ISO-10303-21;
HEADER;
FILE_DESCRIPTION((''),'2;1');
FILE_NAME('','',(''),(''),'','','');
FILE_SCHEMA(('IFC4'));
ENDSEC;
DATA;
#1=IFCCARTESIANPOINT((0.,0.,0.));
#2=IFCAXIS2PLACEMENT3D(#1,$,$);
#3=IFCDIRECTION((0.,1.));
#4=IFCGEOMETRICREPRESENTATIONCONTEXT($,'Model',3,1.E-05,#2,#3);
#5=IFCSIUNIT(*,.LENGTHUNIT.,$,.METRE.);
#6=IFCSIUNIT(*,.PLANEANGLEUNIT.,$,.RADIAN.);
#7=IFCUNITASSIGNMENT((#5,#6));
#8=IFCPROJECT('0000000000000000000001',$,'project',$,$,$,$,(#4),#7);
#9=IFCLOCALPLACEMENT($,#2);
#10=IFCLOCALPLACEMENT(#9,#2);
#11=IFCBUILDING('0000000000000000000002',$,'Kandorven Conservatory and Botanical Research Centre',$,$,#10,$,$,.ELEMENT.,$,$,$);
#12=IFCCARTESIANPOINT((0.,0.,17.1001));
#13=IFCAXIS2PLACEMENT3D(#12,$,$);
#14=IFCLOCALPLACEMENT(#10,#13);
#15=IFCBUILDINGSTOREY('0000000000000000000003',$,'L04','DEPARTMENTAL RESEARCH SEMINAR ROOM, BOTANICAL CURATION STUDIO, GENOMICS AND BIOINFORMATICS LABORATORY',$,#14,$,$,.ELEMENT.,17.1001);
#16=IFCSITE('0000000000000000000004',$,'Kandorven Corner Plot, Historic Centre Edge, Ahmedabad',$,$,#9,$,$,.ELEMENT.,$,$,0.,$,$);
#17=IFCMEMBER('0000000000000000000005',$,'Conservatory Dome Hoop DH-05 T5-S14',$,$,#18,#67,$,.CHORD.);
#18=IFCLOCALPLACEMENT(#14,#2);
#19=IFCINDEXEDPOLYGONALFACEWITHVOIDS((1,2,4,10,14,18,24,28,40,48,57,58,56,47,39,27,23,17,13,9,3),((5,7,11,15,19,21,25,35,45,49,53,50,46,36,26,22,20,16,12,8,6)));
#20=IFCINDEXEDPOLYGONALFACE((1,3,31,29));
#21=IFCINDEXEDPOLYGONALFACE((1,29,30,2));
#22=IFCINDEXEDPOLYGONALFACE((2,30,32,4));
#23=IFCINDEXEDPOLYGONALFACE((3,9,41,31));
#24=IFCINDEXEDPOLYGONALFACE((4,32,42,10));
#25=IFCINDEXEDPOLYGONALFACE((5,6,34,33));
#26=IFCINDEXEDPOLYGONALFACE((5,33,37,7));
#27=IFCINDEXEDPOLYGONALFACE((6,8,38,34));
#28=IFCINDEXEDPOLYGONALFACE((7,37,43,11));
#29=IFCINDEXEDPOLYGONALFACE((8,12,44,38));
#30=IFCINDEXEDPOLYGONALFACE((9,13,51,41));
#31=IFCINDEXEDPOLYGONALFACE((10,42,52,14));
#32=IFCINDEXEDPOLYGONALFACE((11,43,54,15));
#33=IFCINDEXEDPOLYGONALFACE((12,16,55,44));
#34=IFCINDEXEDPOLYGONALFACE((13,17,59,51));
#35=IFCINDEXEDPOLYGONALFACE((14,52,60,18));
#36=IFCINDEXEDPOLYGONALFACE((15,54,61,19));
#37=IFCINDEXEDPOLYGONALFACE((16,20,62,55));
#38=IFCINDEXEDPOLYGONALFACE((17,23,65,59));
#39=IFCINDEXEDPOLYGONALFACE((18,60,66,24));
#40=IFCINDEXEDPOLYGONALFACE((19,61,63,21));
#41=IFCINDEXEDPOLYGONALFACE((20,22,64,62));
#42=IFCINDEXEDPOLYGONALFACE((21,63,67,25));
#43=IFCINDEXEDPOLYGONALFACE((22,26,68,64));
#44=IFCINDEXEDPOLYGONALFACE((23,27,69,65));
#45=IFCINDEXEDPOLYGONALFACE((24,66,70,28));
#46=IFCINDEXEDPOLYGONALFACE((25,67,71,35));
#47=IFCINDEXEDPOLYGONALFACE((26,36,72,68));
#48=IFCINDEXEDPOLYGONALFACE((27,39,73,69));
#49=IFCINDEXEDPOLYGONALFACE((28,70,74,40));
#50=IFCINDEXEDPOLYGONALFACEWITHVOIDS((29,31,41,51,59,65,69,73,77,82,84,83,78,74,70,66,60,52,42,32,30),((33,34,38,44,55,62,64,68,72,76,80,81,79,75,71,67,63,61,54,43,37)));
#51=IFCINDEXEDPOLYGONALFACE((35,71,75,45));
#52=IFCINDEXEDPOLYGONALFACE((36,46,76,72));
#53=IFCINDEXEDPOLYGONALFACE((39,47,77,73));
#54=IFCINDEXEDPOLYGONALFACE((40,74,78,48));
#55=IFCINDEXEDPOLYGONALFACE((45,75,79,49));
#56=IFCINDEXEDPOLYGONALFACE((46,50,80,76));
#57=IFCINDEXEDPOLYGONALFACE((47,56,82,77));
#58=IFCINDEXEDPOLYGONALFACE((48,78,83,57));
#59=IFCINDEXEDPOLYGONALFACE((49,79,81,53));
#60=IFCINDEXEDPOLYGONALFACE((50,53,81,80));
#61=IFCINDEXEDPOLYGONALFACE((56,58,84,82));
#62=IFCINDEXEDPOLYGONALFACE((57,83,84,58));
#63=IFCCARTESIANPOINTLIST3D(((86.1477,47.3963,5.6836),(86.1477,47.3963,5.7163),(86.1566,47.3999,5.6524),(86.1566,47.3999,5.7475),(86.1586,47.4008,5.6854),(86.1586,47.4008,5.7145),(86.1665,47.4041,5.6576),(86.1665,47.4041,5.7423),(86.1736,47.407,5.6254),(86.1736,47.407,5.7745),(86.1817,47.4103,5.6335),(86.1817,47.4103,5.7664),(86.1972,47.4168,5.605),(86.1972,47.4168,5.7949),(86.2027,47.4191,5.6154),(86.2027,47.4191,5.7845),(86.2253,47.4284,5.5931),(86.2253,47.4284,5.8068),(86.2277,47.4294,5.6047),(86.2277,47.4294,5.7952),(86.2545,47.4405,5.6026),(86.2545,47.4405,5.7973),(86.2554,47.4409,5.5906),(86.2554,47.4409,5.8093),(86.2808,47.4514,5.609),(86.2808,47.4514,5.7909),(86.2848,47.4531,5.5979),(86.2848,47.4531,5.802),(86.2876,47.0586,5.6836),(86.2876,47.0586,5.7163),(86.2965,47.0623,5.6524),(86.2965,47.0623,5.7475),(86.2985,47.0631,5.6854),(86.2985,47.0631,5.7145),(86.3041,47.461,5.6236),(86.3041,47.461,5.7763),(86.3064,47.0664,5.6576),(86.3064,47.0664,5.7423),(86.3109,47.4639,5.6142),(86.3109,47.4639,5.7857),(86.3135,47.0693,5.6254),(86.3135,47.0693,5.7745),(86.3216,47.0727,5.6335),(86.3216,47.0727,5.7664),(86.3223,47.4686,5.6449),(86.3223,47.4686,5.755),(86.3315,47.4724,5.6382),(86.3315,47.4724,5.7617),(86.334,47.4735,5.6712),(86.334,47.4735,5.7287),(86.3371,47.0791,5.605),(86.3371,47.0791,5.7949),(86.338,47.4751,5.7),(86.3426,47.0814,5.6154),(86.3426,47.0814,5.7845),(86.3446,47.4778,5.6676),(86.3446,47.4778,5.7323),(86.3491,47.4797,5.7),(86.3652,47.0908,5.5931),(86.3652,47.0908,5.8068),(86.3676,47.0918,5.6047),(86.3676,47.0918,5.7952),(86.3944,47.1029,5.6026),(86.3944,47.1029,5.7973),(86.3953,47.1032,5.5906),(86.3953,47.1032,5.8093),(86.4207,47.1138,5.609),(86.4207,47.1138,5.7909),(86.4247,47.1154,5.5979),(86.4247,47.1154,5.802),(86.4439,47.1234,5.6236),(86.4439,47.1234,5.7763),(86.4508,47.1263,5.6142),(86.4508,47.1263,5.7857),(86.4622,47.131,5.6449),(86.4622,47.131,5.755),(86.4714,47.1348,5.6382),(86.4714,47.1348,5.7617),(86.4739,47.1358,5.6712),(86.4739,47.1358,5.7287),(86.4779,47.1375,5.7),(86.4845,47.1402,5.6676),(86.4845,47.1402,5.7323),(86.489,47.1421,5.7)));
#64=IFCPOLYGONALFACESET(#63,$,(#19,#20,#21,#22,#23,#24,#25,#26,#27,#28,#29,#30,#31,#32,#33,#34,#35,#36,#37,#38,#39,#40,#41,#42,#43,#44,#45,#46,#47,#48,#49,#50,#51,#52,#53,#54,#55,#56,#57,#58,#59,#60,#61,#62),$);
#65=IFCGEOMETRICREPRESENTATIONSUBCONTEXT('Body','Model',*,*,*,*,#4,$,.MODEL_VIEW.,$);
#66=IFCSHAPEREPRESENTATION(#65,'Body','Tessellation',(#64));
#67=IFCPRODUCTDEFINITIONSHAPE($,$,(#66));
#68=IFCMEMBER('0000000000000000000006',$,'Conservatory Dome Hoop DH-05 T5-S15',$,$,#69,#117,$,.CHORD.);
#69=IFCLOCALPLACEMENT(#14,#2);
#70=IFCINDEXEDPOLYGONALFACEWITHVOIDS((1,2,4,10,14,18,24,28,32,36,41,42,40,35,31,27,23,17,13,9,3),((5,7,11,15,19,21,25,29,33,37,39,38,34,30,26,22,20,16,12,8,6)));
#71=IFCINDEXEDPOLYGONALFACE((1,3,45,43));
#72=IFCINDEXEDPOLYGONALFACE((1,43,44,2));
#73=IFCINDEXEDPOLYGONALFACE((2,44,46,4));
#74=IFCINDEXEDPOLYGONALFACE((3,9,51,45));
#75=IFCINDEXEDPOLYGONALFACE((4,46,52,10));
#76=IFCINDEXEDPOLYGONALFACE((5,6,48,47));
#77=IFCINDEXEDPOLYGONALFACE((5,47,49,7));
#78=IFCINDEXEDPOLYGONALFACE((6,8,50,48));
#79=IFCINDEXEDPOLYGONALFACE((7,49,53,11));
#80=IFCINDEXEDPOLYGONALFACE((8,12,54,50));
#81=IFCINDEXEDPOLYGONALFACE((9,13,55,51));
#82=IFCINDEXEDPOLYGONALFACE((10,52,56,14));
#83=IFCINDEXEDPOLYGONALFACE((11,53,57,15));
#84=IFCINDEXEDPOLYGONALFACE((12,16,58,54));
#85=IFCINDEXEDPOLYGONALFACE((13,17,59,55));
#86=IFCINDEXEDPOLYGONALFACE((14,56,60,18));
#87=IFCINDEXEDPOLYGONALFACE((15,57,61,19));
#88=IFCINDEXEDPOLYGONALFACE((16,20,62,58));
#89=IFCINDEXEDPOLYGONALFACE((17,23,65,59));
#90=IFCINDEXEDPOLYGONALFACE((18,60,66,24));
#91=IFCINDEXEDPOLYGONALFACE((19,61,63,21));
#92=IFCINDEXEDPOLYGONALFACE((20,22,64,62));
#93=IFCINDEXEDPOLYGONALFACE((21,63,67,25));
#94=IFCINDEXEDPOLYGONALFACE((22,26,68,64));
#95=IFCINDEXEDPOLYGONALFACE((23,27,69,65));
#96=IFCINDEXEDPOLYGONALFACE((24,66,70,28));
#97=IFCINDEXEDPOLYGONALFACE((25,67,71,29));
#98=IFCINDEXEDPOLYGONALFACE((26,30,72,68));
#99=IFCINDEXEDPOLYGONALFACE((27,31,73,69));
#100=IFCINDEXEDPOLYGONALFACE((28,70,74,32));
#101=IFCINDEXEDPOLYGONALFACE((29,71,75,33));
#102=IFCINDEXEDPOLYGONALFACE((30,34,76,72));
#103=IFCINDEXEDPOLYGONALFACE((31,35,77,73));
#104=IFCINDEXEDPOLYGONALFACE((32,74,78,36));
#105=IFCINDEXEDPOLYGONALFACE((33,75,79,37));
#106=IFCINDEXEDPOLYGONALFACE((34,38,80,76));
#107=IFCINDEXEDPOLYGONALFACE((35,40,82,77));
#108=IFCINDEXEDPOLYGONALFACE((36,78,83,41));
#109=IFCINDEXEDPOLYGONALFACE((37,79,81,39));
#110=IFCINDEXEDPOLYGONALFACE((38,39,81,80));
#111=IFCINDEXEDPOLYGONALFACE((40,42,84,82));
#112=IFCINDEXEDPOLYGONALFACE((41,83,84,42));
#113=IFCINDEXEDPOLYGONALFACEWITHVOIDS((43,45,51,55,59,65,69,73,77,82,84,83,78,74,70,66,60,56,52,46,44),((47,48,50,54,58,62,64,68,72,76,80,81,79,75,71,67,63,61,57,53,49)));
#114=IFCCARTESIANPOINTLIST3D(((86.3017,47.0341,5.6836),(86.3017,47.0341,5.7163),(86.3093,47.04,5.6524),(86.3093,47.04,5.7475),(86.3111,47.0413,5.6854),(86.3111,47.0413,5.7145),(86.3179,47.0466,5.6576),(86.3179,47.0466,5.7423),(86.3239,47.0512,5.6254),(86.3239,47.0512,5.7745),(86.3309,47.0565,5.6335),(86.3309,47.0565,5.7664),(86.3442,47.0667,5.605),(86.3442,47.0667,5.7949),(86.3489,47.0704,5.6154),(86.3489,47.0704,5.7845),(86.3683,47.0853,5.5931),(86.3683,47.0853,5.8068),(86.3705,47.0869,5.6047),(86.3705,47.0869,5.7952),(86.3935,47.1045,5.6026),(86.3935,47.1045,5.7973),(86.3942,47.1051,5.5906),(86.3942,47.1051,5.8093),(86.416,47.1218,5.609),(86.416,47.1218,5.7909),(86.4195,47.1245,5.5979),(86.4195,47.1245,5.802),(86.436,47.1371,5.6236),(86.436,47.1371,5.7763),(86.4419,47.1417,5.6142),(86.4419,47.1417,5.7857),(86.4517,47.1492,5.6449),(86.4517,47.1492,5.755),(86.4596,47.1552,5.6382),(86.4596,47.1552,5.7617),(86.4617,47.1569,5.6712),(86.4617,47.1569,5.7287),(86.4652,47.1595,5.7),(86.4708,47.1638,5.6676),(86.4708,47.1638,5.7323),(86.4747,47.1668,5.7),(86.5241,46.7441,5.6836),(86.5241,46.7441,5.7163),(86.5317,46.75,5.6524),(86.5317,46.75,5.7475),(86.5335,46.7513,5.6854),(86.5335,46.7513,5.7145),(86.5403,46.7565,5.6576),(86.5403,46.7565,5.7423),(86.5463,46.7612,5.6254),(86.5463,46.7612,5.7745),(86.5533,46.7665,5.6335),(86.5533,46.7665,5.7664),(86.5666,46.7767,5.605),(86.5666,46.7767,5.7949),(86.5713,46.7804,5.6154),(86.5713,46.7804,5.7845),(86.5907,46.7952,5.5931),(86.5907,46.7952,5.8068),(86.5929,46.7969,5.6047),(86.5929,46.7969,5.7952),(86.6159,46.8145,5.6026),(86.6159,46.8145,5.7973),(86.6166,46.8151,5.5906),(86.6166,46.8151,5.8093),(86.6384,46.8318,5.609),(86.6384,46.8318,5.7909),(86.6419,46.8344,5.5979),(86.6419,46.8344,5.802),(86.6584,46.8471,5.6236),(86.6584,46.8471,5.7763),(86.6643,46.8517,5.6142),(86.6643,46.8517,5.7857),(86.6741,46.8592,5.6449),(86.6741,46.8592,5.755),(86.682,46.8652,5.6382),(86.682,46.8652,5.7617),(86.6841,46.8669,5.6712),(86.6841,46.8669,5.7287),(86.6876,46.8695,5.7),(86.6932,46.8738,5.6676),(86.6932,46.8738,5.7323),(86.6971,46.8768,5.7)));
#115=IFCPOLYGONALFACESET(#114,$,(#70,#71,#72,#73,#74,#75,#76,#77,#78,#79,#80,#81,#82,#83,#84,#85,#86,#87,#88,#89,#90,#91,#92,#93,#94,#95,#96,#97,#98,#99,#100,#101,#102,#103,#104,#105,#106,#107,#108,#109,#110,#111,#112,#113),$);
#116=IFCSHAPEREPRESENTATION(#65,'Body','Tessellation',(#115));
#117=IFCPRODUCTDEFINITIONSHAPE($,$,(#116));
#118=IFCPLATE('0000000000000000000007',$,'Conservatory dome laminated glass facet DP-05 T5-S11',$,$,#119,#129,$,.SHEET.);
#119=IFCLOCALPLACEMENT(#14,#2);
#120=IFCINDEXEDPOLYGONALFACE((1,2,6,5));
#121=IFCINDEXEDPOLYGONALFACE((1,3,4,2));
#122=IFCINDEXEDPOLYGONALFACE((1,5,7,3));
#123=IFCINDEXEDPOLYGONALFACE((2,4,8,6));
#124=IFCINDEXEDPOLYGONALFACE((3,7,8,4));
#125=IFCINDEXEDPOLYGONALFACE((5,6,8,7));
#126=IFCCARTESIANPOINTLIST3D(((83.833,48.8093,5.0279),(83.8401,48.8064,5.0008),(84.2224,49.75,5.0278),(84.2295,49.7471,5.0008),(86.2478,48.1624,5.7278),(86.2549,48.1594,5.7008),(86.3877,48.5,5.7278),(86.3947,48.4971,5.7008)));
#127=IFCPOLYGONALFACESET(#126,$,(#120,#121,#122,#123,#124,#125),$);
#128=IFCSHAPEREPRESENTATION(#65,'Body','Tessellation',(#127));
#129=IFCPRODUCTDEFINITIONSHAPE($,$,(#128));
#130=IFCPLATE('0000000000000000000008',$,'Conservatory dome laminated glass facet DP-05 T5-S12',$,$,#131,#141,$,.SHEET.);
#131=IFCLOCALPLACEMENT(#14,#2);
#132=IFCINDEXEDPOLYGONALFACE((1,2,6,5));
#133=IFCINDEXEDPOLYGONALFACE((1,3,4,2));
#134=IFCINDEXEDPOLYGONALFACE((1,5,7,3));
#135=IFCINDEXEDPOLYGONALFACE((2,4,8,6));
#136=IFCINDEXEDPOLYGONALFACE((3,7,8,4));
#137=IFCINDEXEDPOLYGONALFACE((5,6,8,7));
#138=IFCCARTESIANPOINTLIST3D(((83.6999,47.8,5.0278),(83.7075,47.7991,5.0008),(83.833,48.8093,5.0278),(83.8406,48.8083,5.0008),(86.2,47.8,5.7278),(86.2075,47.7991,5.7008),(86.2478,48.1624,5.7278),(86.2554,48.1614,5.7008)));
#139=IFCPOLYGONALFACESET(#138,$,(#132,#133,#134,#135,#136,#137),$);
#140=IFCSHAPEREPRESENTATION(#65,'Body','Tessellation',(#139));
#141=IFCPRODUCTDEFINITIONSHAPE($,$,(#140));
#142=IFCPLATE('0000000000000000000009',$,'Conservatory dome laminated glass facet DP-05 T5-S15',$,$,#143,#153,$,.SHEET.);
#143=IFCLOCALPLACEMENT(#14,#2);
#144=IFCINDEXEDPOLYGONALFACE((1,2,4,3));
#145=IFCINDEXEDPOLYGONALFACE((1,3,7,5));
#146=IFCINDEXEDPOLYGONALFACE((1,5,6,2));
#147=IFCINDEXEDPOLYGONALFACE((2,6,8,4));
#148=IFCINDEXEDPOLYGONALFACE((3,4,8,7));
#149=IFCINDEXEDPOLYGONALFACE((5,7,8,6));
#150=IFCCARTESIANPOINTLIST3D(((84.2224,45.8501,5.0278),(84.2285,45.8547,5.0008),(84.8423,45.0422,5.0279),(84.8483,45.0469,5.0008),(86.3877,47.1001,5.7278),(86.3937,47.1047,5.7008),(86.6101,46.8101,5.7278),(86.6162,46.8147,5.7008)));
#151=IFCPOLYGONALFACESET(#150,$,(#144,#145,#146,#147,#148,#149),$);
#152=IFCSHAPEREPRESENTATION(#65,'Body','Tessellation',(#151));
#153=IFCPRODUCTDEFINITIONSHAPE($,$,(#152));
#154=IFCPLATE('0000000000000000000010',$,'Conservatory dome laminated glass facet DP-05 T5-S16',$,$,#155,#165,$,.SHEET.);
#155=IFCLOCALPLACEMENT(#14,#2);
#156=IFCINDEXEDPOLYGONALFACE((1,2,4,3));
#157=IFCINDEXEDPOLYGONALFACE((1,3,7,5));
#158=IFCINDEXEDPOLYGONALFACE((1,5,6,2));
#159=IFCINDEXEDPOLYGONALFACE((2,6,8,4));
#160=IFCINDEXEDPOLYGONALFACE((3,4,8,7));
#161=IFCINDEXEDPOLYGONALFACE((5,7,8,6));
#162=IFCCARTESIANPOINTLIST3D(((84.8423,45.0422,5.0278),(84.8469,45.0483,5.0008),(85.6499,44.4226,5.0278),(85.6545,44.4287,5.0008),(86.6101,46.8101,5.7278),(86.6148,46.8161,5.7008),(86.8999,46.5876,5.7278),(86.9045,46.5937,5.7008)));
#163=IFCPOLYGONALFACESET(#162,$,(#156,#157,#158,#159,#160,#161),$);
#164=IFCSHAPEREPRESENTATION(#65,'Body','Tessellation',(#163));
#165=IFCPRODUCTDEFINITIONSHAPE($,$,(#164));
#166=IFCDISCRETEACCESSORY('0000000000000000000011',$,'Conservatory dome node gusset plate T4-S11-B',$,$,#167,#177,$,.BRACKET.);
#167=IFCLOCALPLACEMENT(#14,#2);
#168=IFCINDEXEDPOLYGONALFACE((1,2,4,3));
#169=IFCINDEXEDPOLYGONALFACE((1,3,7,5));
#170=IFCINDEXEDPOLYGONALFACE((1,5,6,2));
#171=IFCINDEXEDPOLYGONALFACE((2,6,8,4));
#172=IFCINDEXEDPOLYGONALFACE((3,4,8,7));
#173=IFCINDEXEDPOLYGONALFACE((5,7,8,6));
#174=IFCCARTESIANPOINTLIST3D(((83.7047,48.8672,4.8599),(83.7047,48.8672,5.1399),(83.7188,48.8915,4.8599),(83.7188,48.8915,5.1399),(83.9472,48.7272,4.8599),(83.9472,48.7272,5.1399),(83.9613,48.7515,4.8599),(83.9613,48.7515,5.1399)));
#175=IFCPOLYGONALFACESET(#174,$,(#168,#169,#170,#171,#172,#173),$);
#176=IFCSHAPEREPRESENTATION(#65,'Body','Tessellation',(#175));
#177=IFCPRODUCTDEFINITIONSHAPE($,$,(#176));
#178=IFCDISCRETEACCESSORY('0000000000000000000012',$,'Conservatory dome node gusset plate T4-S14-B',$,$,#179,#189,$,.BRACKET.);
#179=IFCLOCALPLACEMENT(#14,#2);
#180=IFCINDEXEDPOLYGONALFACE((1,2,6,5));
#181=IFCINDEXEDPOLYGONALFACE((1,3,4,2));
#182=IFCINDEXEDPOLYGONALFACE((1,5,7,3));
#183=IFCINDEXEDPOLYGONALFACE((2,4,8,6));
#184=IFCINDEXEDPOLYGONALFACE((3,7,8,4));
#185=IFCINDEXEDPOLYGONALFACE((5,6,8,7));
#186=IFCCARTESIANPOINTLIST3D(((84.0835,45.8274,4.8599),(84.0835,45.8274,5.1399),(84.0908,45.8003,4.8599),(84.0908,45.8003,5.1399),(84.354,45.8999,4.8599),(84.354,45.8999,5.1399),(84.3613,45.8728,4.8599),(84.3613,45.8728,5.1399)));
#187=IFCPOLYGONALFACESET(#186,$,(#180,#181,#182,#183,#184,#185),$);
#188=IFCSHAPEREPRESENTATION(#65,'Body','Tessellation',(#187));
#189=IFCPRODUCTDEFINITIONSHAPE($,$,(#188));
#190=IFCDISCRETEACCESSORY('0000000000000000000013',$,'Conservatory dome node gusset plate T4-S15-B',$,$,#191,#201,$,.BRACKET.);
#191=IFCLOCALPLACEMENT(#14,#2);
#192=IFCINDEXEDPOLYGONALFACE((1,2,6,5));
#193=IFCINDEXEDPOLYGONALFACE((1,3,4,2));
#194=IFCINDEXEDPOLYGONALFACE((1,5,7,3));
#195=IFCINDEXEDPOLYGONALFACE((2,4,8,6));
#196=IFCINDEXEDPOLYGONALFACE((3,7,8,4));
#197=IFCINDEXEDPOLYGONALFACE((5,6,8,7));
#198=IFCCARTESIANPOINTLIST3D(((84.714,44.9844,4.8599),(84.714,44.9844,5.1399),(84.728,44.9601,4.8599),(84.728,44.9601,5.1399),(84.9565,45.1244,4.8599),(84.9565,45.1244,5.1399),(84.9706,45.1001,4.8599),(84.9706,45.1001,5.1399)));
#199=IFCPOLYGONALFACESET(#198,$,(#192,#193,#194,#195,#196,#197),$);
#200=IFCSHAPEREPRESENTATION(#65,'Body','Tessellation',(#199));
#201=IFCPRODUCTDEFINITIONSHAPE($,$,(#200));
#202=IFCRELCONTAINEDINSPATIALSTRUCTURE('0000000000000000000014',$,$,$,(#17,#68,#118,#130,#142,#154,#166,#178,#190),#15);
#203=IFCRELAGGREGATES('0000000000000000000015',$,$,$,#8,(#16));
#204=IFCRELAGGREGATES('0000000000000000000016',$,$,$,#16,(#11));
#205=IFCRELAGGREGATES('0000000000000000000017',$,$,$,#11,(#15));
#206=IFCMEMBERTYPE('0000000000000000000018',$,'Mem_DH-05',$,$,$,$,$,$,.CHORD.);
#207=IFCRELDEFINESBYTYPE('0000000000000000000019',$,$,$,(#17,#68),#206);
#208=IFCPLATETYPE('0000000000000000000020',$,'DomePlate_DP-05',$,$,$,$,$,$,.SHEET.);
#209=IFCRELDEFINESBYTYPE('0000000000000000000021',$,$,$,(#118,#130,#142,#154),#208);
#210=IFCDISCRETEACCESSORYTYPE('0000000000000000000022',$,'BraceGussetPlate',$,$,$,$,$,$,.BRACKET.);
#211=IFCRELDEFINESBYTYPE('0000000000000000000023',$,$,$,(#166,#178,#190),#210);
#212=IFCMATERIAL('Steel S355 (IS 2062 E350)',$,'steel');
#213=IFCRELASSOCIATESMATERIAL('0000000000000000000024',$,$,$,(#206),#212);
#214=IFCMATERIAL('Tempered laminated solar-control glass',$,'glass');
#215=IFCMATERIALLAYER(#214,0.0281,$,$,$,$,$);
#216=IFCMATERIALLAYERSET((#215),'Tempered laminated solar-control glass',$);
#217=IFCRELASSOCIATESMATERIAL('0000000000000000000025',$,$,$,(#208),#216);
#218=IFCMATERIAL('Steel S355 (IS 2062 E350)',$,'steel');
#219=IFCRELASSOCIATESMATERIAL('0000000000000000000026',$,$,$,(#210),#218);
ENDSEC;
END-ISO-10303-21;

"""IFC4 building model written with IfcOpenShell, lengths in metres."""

from ifc_helpers import new_model, si_unit, direction, frame, origin, origin_2d, place, context, subcontext, project, spatial, polyline, rectangle, hollow_circle, outline, extrude, material, layer, layer_set, material_profile, profile_set, type_object, element, save


model = new_model("IFC4")

# Units and contexts
model_context = context("Model", 3, precision=1e-05, world=origin(), true_north=direction((0.0, 1.0)))
body_context = subcontext(model_context, "Body", "Model", "MODEL_VIEW")
ifc_project = project(units=[si_unit("LENGTHUNIT", "METRE"), si_unit("PLANEANGLEUNIT", "RADIAN")], contexts=[model_context])

# Site, building, storey
site_placement = place(None, origin())
site = spatial("IfcSite", under=ifc_project, at=site_placement, Name="Kandorven Corner Plot, Historic Centre Edge, Ahmedabad", CompositionType="ELEMENT", RefElevation=0.0)
building_placement = place(site_placement, origin())
building = spatial("IfcBuilding", under=site, at=building_placement, Name="Kandorven Conservatory and Botanical Research Centre", CompositionType="ELEMENT")
storey_placement = place(building_placement, frame((0.0, 0.0, 17.1001)))
storey = spatial("IfcBuildingStorey", under=building, at=storey_placement, Name="L04", Description="DEPARTMENTAL RESEARCH SEMINAR ROOM, BOTANICAL CURATION STUDIO, GENOMICS AND BIOINFORMATICS LABORATORY", CompositionType="ELEMENT", Elevation=17.1001)

# Members
ifc_material_1 = material(Name="Steel S355 (IS 2062 E350)", Category="steel")
ifc_material_profile_1 = material_profile(ifc_material_1, hollow_circle(Radius=0.1096, WallThickness=0.012, at=origin_2d()))
ifc_profile_set_1 = profile_set([ifc_material_profile_1], Name="Steel S355 (IS 2062 E350)")
member_type_1 = type_object("IfcMemberType", Name="Mem_DH-05", PredefinedType="CHORD", material=ifc_profile_set_1)
for number, where, z_axis, x_axis, name in (
    (1, (86.2478, 47.4377, 5.7), (0.382765, -0.923846, 0.0), (0.923846, 0.382765, 0.0), "Conservatory Dome Hoop DH-05 T5-S14"),
    (2, (86.3877, 47.1001, 5.7), (0.608516, -0.793542, 0.0), (0.793542, 0.608516, 0.0), "Conservatory Dome Hoop DH-05 T5-S15"),
):
    element("IfcMember", number, at=place(storey_placement, frame(where, z_axis=z_axis, x_axis=x_axis)), inside=storey, type_object=member_type_1, Name=name, PredefinedType="CHORD", context=body_context, shape_type="SweptSolid", body=[
        extrude(hollow_circle(Radius=0.1096, WallThickness=0.012, at=origin_2d()), origin(), (0.0, 0.0, 1.0), 0.3655),
    ])

# Plates
ifc_material_2 = material(Name="Tempered laminated solar-control glass", Category="glass")
ifc_layer = layer(ifc_material_2, 0.0281)
ifc_layer_set = layer_set([ifc_layer], Name="Tempered laminated solar-control glass")
plate_type = type_object("IfcPlateType", Name="DomePlate_DP-05", PredefinedType="SHEET", material=ifc_layer_set)
plate_1_placement = place(storey_placement, frame((84.2224, 49.75, 5.0278), z_axis=(-0.251087, 0.103964, 0.962365), x_axis=(-0.382491, -0.923959, 0.000021)))
element("IfcPlate", 3, at=plate_1_placement, inside=storey, type_object=plate_type, Name="Conservatory dome laminated glass facet DP-05 T5-S11", PredefinedType="SHEET", context=body_context, shape_type="SweptSolid", body=[
    extrude(outline(polyline([(0.0, 0.0), (1.0181, 0.0), (0.6922, 2.5756), (0.3268, 2.5757), (0.0, 0.0)])), origin(), (0.0, 0.0, -1.0), 0.0281),
])
plate_2_placement = place(storey_placement, frame((83.833, 48.8093, 5.0278), z_axis=(-0.269436, 0.035538, 0.962362), x_axis=(-0.130707, -0.991421, 0.000016)))
element("IfcPlate", 4, at=plate_2_placement, inside=storey, type_object=plate_type, Name="Conservatory dome laminated glass facet DP-05 T5-S12", PredefinedType="SHEET", context=body_context, shape_type="SweptSolid", body=[
    extrude(outline(polyline([(0.0, 0.0), (1.018, 0.0), (0.6913, 2.5755), (0.3258, 2.5756), (0.0, 0.0)])), origin(), (0.0, 0.0, -1.0), 0.0281),
])
plate_3_placement = place(storey_placement, frame((84.2224, 45.8501, 5.0278), z_axis=(-0.215613, -0.165414, 0.962366), x_axis=(0.608744, -0.793367, 0.00002)))
element("IfcPlate", 5, at=plate_3_placement, inside=storey, type_object=plate_type, Name="Conservatory dome laminated glass facet DP-05 T5-S15", PredefinedType="SHEET", context=body_context, shape_type="SweptSolid", body=[
    extrude(outline(polyline([(0.0, 0.0), (1.0183, 0.0), (0.6919, 2.5756), (0.3264, 2.5757), (0.0, 0.0)])), origin(), (0.0, 0.0, -1.0), 0.0281),
])
plate_4_placement = place(storey_placement, frame((84.8423, 45.0422, 5.0278), z_axis=(-0.165436, -0.215609, 0.962364), x_axis=(0.793388, -0.608716, 0.000011)))
element("IfcPlate", 6, at=plate_4_placement, inside=storey, type_object=plate_type, Name="Conservatory dome laminated glass facet DP-05 T5-S16", PredefinedType="SHEET", context=body_context, shape_type="SweptSolid", body=[
    extrude(outline(polyline([(0.0, 0.0), (1.0179, 0.0), (0.6918, 2.5755), (0.3265, 2.5756), (0.0, 0.0)])), origin(), (0.0, 0.0, -1.0), 0.0281),
])

# Discrete accessories
ifc_material_3 = material(Name="Steel S355 (IS 2062 E350)", Category="steel")
discrete_accessory_type = type_object("IfcDiscreteAccessoryType", Name="BraceGussetPlate", PredefinedType="BRACKET", material=ifc_material_3)
for number, where, z_axis, x_axis, name in (
    (7, (83.833, 48.8093, 4.8599), (0.0, 0.0, 1.0), (-0.866025, 0.5, 0.0), "Conservatory dome node gusset plate T4-S11-B"),
    (8, (84.2224, 45.8501, 4.8599), (0.0, 0.0, 1.0), (-0.965926, -0.258819, 0.0), "Conservatory dome node gusset plate T4-S14-B"),
    (9, (84.8423, 45.0422, 4.8599), (0.0, 0.0, 1.0), (-0.866025, -0.5, 0.0), "Conservatory dome node gusset plate T4-S15-B"),
):
    element("IfcDiscreteAccessory", number, at=place(storey_placement, frame(where, z_axis=z_axis, x_axis=x_axis)), inside=storey, type_object=discrete_accessory_type, Name=name, PredefinedType="BRACKET", context=body_context, shape_type="SweptSolid", body=[
        extrude(rectangle(XDim=0.28, YDim=0.0281, at=origin_2d()), origin(), (0.0, 0.0, 1.0), 0.28),
    ])

save(model, "model.ifc")
